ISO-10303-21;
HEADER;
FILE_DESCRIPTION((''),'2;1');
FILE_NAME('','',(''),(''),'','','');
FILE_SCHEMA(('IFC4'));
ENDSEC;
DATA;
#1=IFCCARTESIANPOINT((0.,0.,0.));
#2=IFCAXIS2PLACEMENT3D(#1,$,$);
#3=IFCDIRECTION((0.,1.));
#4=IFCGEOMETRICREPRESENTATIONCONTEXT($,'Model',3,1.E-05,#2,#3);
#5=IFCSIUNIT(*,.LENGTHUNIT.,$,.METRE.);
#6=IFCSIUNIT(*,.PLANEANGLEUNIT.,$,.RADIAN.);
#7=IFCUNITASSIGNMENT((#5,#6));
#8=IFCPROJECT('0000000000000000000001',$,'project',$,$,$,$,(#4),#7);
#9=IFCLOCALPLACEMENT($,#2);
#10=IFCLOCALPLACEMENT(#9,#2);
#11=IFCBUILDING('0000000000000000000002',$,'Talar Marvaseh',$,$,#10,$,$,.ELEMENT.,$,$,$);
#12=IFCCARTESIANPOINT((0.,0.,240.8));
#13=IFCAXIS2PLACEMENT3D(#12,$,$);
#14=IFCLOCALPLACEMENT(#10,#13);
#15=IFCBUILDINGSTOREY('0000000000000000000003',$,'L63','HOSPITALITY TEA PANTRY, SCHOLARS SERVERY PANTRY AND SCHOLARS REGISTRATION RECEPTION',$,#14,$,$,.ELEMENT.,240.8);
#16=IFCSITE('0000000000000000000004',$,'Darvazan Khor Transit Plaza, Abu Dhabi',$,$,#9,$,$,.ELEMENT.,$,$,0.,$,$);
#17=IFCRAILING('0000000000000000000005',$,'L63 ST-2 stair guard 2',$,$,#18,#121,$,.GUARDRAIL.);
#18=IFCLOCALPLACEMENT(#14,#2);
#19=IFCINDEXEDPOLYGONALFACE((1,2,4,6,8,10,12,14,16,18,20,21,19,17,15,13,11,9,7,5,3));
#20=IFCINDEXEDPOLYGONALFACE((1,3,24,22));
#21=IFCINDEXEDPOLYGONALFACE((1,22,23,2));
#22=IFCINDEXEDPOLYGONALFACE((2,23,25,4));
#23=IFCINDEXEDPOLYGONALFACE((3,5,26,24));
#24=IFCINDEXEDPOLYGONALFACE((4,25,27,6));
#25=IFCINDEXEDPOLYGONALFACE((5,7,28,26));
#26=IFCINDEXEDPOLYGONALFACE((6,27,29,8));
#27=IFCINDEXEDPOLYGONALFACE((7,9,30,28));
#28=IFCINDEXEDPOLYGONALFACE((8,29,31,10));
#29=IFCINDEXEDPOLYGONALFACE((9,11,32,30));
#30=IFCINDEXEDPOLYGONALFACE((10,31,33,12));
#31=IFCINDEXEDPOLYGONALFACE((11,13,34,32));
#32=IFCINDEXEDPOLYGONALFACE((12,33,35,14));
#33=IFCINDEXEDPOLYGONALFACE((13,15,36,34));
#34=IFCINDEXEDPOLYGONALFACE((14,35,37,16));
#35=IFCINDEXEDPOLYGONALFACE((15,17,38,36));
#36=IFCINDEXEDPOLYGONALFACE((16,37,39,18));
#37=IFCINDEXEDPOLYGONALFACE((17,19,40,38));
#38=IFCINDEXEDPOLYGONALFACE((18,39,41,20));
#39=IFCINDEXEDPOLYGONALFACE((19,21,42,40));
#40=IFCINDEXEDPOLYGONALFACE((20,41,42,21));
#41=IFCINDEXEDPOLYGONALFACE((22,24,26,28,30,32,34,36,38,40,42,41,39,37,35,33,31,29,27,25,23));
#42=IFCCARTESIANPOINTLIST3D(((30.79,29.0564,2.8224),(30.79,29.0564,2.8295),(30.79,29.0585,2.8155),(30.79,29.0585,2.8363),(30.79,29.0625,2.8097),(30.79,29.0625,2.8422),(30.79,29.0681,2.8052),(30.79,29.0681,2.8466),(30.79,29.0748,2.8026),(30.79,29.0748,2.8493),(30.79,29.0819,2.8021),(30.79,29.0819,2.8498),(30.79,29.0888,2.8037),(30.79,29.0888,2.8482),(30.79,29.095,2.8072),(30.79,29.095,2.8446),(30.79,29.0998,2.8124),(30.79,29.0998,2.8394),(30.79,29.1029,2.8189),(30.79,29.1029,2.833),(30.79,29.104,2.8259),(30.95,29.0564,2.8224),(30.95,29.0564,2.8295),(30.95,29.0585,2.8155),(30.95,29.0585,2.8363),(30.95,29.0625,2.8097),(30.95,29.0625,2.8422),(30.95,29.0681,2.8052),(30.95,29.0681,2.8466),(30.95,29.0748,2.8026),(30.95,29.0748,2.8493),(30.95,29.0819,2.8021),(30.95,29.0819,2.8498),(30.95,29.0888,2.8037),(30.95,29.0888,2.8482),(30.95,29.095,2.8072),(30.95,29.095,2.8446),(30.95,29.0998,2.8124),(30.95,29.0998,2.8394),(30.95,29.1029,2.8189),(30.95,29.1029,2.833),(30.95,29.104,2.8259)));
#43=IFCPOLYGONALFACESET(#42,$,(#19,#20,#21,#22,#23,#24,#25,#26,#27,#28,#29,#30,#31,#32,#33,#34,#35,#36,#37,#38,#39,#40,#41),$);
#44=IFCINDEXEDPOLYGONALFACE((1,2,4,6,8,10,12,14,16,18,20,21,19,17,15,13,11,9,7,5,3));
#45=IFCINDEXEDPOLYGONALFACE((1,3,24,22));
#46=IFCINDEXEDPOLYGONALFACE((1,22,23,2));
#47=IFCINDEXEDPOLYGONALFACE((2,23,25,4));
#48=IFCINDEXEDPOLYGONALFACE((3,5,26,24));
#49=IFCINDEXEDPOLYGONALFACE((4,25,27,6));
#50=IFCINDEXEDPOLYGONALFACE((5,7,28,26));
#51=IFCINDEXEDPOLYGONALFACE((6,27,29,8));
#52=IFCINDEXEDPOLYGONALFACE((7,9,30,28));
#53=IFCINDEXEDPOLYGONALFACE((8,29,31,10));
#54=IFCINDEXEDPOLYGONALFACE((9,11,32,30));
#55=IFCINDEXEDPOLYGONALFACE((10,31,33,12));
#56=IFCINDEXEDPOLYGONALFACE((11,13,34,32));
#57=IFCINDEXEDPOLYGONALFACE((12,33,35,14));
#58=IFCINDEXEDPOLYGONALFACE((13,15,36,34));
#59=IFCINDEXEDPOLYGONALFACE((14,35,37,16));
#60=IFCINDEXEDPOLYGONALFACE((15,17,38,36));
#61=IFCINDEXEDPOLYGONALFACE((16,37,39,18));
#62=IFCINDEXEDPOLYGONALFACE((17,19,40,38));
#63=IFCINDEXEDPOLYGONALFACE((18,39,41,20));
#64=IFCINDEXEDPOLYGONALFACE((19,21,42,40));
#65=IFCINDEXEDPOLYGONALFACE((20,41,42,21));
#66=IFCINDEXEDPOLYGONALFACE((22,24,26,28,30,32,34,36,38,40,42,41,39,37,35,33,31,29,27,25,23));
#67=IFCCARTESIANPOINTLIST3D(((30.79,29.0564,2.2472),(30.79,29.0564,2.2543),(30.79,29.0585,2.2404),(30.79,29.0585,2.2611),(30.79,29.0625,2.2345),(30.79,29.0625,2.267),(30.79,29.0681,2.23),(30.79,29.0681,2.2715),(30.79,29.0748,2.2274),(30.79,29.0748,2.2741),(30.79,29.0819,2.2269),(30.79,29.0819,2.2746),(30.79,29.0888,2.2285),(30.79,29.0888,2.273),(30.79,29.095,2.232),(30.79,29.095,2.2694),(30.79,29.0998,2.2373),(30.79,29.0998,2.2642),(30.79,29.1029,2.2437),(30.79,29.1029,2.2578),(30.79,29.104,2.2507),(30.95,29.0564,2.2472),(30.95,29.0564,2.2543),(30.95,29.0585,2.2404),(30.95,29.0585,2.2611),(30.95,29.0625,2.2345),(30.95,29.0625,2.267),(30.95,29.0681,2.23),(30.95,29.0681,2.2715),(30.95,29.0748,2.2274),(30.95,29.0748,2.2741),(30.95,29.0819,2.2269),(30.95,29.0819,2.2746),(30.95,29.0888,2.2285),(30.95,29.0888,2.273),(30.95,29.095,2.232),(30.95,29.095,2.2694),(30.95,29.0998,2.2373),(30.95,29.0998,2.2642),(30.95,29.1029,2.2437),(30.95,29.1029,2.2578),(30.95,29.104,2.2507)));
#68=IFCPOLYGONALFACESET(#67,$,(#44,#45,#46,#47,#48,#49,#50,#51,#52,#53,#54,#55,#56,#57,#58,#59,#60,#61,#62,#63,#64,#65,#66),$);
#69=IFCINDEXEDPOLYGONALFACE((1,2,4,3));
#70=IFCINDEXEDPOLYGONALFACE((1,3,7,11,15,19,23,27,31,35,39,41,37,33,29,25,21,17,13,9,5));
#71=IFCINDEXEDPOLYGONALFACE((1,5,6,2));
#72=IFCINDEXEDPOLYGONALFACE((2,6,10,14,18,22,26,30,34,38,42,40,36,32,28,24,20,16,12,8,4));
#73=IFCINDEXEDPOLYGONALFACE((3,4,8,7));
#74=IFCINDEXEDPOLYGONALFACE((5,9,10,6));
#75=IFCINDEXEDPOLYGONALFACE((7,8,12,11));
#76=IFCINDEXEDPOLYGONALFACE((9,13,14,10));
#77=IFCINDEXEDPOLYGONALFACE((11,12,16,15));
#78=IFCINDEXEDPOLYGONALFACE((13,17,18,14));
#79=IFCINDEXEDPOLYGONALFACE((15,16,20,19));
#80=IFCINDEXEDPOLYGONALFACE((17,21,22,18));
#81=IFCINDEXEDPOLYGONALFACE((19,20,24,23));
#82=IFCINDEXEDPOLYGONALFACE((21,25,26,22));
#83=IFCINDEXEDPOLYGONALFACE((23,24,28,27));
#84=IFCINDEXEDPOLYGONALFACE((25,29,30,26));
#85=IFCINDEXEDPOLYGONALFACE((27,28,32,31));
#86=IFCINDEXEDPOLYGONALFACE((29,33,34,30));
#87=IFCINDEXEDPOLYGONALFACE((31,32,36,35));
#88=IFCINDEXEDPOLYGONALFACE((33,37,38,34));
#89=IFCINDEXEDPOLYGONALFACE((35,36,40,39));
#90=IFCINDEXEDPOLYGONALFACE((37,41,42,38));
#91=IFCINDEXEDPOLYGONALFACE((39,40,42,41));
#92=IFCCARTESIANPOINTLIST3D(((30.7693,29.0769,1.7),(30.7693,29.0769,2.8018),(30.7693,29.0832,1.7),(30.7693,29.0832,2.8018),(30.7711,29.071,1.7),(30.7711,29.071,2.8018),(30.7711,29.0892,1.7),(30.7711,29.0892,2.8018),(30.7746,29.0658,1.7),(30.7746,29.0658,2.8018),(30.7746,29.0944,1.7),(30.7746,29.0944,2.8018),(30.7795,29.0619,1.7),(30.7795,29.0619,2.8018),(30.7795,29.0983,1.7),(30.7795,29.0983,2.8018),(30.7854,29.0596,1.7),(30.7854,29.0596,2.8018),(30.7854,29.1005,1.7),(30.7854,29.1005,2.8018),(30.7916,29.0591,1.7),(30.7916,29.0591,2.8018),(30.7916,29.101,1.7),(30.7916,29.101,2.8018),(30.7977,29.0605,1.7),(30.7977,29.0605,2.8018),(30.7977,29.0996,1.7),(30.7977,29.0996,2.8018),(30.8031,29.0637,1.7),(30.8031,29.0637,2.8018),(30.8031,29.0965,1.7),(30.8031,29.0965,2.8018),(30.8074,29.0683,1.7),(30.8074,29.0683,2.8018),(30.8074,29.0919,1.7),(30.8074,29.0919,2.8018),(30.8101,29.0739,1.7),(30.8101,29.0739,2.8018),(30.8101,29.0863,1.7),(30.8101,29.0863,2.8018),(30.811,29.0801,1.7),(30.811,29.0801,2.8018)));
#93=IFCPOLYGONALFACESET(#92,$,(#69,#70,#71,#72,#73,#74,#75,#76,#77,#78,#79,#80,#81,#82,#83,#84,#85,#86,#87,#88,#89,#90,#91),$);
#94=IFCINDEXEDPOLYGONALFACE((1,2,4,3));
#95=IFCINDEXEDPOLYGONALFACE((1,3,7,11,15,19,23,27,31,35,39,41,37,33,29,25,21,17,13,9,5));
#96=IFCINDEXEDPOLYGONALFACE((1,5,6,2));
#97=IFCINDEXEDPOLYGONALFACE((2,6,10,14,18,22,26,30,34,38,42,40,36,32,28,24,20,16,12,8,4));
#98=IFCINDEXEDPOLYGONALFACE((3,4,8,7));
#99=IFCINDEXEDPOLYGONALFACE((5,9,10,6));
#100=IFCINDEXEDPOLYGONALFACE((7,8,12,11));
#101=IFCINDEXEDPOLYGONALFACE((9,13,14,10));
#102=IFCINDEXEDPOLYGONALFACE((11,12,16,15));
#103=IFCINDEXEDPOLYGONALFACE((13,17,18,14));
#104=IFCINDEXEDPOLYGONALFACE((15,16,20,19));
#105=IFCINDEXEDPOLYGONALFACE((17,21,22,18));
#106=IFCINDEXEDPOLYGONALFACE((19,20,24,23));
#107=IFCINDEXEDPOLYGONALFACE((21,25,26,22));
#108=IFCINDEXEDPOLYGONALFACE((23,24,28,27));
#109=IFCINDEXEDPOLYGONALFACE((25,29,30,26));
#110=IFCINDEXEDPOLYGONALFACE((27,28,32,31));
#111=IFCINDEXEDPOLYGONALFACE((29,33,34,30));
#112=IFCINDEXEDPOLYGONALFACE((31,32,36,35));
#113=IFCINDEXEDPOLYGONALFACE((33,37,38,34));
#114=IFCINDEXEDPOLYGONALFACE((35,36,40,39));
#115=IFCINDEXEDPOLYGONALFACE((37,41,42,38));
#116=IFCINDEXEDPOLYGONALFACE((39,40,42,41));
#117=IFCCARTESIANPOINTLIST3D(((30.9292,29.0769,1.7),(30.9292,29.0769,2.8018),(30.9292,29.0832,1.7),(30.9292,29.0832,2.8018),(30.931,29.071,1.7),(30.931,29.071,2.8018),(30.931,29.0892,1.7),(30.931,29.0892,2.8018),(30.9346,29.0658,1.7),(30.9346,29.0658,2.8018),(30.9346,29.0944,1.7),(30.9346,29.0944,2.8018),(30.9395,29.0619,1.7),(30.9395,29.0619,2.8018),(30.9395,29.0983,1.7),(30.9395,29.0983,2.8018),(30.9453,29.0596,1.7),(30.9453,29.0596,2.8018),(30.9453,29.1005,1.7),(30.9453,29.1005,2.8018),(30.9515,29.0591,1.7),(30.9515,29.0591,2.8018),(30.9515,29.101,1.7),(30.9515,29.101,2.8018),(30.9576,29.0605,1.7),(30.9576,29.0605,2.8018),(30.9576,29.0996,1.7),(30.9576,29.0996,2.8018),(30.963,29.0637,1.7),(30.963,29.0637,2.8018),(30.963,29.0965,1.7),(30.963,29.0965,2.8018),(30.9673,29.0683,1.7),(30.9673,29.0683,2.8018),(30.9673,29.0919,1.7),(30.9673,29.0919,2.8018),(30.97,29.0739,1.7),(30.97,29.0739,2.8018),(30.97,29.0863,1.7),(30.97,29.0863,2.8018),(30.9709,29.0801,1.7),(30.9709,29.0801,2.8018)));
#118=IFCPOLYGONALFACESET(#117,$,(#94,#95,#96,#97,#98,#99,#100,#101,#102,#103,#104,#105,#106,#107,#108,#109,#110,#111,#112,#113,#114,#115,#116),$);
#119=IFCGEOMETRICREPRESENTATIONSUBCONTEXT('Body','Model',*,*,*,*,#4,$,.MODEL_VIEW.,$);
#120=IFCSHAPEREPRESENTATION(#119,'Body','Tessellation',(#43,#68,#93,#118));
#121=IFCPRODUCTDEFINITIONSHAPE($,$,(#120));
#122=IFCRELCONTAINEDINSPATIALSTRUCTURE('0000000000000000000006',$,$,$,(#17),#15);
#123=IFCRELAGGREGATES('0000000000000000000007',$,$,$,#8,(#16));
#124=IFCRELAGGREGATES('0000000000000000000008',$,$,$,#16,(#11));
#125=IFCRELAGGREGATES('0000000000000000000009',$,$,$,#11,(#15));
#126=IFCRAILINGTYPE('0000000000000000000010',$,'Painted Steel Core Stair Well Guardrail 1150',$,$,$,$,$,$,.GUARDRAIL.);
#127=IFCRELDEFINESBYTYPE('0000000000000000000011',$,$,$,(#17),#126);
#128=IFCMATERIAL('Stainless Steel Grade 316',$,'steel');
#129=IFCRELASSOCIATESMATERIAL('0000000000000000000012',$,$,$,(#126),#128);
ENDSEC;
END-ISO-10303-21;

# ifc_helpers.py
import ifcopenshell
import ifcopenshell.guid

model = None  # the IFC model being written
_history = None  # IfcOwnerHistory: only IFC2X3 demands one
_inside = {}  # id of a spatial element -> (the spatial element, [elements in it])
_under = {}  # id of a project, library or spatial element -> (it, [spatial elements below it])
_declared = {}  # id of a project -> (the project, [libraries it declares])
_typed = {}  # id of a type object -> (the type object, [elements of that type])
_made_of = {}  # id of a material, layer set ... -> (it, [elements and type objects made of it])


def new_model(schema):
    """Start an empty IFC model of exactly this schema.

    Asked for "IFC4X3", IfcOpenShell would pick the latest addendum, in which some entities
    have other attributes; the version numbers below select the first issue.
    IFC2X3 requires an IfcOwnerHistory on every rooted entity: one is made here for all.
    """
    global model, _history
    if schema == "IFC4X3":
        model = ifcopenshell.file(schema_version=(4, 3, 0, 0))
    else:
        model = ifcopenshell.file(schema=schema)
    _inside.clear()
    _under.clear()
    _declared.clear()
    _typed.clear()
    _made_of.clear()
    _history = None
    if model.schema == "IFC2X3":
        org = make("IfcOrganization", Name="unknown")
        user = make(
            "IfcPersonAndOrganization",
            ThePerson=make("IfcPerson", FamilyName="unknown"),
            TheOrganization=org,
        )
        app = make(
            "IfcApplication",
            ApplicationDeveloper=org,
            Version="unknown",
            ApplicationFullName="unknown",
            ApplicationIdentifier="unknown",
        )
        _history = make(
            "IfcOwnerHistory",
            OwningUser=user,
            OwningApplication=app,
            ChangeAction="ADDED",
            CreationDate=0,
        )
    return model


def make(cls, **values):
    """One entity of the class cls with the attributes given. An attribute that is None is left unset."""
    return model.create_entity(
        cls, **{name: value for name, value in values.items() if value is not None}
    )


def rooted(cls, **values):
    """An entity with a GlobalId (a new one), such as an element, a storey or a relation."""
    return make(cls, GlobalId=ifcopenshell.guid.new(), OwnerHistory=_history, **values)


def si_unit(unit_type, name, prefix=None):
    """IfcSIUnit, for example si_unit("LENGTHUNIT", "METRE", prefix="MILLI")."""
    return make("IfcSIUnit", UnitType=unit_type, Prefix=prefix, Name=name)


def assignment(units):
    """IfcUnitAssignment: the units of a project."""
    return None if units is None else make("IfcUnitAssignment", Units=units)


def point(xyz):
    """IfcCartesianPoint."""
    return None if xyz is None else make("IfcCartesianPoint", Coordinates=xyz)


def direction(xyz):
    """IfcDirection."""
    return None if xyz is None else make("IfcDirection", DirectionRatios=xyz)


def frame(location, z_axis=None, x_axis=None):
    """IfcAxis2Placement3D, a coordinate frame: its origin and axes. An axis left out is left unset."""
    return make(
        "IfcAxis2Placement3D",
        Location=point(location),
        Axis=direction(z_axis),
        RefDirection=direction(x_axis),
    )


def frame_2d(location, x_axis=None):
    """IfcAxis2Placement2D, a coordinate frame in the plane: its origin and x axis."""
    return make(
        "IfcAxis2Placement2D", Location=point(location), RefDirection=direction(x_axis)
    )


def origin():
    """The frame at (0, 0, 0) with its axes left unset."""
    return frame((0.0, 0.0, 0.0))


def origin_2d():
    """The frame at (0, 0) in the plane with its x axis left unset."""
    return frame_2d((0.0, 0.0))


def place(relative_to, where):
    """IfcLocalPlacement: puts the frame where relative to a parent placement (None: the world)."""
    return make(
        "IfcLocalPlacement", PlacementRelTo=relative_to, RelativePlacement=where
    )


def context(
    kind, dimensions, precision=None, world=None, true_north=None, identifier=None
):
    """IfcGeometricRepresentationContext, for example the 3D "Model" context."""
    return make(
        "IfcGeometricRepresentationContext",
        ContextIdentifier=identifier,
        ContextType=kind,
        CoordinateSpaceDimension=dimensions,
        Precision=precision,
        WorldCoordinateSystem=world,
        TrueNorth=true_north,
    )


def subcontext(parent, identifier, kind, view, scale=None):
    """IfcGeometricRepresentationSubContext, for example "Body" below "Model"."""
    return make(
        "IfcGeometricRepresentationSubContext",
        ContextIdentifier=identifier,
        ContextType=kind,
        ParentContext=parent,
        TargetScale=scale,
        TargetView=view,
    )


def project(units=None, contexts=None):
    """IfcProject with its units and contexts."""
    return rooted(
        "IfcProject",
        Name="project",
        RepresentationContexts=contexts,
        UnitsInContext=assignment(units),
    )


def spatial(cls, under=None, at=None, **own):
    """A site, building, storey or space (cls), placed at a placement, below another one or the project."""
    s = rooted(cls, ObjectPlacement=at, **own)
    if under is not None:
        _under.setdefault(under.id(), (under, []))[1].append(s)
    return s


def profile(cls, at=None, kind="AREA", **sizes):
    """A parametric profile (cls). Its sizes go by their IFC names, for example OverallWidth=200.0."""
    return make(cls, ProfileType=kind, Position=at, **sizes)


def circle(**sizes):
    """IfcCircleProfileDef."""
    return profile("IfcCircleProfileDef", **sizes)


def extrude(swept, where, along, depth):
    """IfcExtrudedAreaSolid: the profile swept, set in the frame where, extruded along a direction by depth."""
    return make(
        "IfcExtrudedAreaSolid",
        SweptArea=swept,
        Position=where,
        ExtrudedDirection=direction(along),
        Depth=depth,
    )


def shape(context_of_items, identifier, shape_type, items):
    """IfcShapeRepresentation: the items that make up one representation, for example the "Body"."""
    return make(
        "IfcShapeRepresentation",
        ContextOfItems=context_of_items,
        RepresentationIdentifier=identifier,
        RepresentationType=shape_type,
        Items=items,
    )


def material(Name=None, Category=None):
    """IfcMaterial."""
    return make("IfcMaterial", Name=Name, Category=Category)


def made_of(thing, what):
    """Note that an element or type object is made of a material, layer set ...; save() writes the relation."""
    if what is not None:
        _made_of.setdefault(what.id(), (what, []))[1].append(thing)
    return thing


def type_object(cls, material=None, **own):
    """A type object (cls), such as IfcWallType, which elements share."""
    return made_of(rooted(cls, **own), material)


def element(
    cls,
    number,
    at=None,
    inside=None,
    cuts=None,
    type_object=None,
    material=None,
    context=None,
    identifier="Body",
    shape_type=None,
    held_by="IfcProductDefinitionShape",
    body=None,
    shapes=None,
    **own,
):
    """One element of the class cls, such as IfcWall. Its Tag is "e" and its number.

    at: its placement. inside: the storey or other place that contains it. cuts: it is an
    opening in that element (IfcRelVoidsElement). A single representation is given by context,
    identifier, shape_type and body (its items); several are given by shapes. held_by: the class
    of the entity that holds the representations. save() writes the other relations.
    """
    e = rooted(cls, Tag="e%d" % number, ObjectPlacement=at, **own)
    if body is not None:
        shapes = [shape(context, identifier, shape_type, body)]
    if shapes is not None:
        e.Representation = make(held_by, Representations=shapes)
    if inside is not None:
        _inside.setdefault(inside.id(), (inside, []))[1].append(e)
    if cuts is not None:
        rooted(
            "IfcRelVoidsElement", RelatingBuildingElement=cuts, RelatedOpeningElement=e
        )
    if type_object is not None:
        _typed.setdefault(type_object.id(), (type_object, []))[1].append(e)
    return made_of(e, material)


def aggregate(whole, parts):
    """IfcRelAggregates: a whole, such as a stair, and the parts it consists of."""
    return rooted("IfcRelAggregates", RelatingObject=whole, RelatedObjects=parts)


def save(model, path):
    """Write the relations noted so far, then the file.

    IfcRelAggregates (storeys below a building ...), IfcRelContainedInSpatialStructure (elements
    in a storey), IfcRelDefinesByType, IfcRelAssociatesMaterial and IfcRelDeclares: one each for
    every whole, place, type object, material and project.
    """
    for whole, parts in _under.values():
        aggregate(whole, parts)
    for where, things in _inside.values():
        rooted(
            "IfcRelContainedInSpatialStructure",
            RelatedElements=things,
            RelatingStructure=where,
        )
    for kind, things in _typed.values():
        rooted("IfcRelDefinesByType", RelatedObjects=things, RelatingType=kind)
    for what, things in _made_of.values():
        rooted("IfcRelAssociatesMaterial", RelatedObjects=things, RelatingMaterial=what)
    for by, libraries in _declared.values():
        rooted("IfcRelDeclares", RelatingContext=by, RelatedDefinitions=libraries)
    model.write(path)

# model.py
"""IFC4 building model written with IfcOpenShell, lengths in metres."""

from ifc_helpers import new_model, si_unit, direction, frame, origin, origin_2d, place, context, subcontext, project, spatial, circle, extrude, material, type_object, element, save


model = new_model("IFC4")

# Units and contexts
model_context = context("Model", 3, precision=1e-05, world=origin(), true_north=direction((0.0, 1.0)))
body_context = subcontext(model_context, "Body", "Model", "MODEL_VIEW")
ifc_project = project(units=[si_unit("LENGTHUNIT", "METRE"), si_unit("PLANEANGLEUNIT", "RADIAN")], contexts=[model_context])

# Site, building, storey
site_placement = place(None, origin())
site = spatial("IfcSite", under=ifc_project, at=site_placement, Name="Darvazan Khor Transit Plaza, Abu Dhabi", CompositionType="ELEMENT", RefElevation=0.0)
building_placement = place(site_placement, origin())
building = spatial("IfcBuilding", under=site, at=building_placement, Name="Talar Marvaseh", CompositionType="ELEMENT")
storey_placement = place(building_placement, frame((0.0, 0.0, 240.8)))
storey = spatial("IfcBuildingStorey", under=building, at=storey_placement, Name="L63", Description="HOSPITALITY TEA PANTRY, SCHOLARS SERVERY PANTRY AND SCHOLARS REGISTRATION RECEPTION", CompositionType="ELEMENT", Elevation=240.8)

# Shared definitions
ifc_material_1 = material(Name="Stainless Steel Grade 316", Category="steel")

# Railing
railing_type_1 = type_object("IfcRailingType", Name="Painted Steel Core Stair Well Guardrail 1150", PredefinedType="GUARDRAIL", material=ifc_material_1)
railing_1_placement = place(storey_placement, frame((30.79, 29.0801, 1.7)))
element("IfcRailing", 1, at=railing_1_placement, inside=storey, type_object=railing_type_1, Name="L63 ST-2 stair guard 2", PredefinedType="GUARDRAIL", context=body_context, shape_type="SweptSolid", body=[
    extrude(circle(Radius=0.0239, at=origin_2d()), frame((0.0, 0.0, 1.126), z_axis=(1.0, 0.0, 0.0), x_axis=(0.0, 1.0, 0.0)), (0.0, 0.0, 1.0), 0.1599),
    extrude(circle(Radius=0.0239, at=origin_2d()), frame((0.0, 0.0, 0.5508), z_axis=(1.0, 0.0, 0.0), x_axis=(0.0, 1.0, 0.0)), (0.0, 0.0, 1.0), 0.1599),
    extrude(circle(Radius=0.021, at=origin_2d()), origin(), (0.0, 0.0, 1.0), 1.1018),
    extrude(circle(Radius=0.021, at=origin_2d()), frame((0.1599, 0.0, 0.0)), (0.0, 0.0, 1.0), 1.1018),
])

save(model, "model.ifc")
